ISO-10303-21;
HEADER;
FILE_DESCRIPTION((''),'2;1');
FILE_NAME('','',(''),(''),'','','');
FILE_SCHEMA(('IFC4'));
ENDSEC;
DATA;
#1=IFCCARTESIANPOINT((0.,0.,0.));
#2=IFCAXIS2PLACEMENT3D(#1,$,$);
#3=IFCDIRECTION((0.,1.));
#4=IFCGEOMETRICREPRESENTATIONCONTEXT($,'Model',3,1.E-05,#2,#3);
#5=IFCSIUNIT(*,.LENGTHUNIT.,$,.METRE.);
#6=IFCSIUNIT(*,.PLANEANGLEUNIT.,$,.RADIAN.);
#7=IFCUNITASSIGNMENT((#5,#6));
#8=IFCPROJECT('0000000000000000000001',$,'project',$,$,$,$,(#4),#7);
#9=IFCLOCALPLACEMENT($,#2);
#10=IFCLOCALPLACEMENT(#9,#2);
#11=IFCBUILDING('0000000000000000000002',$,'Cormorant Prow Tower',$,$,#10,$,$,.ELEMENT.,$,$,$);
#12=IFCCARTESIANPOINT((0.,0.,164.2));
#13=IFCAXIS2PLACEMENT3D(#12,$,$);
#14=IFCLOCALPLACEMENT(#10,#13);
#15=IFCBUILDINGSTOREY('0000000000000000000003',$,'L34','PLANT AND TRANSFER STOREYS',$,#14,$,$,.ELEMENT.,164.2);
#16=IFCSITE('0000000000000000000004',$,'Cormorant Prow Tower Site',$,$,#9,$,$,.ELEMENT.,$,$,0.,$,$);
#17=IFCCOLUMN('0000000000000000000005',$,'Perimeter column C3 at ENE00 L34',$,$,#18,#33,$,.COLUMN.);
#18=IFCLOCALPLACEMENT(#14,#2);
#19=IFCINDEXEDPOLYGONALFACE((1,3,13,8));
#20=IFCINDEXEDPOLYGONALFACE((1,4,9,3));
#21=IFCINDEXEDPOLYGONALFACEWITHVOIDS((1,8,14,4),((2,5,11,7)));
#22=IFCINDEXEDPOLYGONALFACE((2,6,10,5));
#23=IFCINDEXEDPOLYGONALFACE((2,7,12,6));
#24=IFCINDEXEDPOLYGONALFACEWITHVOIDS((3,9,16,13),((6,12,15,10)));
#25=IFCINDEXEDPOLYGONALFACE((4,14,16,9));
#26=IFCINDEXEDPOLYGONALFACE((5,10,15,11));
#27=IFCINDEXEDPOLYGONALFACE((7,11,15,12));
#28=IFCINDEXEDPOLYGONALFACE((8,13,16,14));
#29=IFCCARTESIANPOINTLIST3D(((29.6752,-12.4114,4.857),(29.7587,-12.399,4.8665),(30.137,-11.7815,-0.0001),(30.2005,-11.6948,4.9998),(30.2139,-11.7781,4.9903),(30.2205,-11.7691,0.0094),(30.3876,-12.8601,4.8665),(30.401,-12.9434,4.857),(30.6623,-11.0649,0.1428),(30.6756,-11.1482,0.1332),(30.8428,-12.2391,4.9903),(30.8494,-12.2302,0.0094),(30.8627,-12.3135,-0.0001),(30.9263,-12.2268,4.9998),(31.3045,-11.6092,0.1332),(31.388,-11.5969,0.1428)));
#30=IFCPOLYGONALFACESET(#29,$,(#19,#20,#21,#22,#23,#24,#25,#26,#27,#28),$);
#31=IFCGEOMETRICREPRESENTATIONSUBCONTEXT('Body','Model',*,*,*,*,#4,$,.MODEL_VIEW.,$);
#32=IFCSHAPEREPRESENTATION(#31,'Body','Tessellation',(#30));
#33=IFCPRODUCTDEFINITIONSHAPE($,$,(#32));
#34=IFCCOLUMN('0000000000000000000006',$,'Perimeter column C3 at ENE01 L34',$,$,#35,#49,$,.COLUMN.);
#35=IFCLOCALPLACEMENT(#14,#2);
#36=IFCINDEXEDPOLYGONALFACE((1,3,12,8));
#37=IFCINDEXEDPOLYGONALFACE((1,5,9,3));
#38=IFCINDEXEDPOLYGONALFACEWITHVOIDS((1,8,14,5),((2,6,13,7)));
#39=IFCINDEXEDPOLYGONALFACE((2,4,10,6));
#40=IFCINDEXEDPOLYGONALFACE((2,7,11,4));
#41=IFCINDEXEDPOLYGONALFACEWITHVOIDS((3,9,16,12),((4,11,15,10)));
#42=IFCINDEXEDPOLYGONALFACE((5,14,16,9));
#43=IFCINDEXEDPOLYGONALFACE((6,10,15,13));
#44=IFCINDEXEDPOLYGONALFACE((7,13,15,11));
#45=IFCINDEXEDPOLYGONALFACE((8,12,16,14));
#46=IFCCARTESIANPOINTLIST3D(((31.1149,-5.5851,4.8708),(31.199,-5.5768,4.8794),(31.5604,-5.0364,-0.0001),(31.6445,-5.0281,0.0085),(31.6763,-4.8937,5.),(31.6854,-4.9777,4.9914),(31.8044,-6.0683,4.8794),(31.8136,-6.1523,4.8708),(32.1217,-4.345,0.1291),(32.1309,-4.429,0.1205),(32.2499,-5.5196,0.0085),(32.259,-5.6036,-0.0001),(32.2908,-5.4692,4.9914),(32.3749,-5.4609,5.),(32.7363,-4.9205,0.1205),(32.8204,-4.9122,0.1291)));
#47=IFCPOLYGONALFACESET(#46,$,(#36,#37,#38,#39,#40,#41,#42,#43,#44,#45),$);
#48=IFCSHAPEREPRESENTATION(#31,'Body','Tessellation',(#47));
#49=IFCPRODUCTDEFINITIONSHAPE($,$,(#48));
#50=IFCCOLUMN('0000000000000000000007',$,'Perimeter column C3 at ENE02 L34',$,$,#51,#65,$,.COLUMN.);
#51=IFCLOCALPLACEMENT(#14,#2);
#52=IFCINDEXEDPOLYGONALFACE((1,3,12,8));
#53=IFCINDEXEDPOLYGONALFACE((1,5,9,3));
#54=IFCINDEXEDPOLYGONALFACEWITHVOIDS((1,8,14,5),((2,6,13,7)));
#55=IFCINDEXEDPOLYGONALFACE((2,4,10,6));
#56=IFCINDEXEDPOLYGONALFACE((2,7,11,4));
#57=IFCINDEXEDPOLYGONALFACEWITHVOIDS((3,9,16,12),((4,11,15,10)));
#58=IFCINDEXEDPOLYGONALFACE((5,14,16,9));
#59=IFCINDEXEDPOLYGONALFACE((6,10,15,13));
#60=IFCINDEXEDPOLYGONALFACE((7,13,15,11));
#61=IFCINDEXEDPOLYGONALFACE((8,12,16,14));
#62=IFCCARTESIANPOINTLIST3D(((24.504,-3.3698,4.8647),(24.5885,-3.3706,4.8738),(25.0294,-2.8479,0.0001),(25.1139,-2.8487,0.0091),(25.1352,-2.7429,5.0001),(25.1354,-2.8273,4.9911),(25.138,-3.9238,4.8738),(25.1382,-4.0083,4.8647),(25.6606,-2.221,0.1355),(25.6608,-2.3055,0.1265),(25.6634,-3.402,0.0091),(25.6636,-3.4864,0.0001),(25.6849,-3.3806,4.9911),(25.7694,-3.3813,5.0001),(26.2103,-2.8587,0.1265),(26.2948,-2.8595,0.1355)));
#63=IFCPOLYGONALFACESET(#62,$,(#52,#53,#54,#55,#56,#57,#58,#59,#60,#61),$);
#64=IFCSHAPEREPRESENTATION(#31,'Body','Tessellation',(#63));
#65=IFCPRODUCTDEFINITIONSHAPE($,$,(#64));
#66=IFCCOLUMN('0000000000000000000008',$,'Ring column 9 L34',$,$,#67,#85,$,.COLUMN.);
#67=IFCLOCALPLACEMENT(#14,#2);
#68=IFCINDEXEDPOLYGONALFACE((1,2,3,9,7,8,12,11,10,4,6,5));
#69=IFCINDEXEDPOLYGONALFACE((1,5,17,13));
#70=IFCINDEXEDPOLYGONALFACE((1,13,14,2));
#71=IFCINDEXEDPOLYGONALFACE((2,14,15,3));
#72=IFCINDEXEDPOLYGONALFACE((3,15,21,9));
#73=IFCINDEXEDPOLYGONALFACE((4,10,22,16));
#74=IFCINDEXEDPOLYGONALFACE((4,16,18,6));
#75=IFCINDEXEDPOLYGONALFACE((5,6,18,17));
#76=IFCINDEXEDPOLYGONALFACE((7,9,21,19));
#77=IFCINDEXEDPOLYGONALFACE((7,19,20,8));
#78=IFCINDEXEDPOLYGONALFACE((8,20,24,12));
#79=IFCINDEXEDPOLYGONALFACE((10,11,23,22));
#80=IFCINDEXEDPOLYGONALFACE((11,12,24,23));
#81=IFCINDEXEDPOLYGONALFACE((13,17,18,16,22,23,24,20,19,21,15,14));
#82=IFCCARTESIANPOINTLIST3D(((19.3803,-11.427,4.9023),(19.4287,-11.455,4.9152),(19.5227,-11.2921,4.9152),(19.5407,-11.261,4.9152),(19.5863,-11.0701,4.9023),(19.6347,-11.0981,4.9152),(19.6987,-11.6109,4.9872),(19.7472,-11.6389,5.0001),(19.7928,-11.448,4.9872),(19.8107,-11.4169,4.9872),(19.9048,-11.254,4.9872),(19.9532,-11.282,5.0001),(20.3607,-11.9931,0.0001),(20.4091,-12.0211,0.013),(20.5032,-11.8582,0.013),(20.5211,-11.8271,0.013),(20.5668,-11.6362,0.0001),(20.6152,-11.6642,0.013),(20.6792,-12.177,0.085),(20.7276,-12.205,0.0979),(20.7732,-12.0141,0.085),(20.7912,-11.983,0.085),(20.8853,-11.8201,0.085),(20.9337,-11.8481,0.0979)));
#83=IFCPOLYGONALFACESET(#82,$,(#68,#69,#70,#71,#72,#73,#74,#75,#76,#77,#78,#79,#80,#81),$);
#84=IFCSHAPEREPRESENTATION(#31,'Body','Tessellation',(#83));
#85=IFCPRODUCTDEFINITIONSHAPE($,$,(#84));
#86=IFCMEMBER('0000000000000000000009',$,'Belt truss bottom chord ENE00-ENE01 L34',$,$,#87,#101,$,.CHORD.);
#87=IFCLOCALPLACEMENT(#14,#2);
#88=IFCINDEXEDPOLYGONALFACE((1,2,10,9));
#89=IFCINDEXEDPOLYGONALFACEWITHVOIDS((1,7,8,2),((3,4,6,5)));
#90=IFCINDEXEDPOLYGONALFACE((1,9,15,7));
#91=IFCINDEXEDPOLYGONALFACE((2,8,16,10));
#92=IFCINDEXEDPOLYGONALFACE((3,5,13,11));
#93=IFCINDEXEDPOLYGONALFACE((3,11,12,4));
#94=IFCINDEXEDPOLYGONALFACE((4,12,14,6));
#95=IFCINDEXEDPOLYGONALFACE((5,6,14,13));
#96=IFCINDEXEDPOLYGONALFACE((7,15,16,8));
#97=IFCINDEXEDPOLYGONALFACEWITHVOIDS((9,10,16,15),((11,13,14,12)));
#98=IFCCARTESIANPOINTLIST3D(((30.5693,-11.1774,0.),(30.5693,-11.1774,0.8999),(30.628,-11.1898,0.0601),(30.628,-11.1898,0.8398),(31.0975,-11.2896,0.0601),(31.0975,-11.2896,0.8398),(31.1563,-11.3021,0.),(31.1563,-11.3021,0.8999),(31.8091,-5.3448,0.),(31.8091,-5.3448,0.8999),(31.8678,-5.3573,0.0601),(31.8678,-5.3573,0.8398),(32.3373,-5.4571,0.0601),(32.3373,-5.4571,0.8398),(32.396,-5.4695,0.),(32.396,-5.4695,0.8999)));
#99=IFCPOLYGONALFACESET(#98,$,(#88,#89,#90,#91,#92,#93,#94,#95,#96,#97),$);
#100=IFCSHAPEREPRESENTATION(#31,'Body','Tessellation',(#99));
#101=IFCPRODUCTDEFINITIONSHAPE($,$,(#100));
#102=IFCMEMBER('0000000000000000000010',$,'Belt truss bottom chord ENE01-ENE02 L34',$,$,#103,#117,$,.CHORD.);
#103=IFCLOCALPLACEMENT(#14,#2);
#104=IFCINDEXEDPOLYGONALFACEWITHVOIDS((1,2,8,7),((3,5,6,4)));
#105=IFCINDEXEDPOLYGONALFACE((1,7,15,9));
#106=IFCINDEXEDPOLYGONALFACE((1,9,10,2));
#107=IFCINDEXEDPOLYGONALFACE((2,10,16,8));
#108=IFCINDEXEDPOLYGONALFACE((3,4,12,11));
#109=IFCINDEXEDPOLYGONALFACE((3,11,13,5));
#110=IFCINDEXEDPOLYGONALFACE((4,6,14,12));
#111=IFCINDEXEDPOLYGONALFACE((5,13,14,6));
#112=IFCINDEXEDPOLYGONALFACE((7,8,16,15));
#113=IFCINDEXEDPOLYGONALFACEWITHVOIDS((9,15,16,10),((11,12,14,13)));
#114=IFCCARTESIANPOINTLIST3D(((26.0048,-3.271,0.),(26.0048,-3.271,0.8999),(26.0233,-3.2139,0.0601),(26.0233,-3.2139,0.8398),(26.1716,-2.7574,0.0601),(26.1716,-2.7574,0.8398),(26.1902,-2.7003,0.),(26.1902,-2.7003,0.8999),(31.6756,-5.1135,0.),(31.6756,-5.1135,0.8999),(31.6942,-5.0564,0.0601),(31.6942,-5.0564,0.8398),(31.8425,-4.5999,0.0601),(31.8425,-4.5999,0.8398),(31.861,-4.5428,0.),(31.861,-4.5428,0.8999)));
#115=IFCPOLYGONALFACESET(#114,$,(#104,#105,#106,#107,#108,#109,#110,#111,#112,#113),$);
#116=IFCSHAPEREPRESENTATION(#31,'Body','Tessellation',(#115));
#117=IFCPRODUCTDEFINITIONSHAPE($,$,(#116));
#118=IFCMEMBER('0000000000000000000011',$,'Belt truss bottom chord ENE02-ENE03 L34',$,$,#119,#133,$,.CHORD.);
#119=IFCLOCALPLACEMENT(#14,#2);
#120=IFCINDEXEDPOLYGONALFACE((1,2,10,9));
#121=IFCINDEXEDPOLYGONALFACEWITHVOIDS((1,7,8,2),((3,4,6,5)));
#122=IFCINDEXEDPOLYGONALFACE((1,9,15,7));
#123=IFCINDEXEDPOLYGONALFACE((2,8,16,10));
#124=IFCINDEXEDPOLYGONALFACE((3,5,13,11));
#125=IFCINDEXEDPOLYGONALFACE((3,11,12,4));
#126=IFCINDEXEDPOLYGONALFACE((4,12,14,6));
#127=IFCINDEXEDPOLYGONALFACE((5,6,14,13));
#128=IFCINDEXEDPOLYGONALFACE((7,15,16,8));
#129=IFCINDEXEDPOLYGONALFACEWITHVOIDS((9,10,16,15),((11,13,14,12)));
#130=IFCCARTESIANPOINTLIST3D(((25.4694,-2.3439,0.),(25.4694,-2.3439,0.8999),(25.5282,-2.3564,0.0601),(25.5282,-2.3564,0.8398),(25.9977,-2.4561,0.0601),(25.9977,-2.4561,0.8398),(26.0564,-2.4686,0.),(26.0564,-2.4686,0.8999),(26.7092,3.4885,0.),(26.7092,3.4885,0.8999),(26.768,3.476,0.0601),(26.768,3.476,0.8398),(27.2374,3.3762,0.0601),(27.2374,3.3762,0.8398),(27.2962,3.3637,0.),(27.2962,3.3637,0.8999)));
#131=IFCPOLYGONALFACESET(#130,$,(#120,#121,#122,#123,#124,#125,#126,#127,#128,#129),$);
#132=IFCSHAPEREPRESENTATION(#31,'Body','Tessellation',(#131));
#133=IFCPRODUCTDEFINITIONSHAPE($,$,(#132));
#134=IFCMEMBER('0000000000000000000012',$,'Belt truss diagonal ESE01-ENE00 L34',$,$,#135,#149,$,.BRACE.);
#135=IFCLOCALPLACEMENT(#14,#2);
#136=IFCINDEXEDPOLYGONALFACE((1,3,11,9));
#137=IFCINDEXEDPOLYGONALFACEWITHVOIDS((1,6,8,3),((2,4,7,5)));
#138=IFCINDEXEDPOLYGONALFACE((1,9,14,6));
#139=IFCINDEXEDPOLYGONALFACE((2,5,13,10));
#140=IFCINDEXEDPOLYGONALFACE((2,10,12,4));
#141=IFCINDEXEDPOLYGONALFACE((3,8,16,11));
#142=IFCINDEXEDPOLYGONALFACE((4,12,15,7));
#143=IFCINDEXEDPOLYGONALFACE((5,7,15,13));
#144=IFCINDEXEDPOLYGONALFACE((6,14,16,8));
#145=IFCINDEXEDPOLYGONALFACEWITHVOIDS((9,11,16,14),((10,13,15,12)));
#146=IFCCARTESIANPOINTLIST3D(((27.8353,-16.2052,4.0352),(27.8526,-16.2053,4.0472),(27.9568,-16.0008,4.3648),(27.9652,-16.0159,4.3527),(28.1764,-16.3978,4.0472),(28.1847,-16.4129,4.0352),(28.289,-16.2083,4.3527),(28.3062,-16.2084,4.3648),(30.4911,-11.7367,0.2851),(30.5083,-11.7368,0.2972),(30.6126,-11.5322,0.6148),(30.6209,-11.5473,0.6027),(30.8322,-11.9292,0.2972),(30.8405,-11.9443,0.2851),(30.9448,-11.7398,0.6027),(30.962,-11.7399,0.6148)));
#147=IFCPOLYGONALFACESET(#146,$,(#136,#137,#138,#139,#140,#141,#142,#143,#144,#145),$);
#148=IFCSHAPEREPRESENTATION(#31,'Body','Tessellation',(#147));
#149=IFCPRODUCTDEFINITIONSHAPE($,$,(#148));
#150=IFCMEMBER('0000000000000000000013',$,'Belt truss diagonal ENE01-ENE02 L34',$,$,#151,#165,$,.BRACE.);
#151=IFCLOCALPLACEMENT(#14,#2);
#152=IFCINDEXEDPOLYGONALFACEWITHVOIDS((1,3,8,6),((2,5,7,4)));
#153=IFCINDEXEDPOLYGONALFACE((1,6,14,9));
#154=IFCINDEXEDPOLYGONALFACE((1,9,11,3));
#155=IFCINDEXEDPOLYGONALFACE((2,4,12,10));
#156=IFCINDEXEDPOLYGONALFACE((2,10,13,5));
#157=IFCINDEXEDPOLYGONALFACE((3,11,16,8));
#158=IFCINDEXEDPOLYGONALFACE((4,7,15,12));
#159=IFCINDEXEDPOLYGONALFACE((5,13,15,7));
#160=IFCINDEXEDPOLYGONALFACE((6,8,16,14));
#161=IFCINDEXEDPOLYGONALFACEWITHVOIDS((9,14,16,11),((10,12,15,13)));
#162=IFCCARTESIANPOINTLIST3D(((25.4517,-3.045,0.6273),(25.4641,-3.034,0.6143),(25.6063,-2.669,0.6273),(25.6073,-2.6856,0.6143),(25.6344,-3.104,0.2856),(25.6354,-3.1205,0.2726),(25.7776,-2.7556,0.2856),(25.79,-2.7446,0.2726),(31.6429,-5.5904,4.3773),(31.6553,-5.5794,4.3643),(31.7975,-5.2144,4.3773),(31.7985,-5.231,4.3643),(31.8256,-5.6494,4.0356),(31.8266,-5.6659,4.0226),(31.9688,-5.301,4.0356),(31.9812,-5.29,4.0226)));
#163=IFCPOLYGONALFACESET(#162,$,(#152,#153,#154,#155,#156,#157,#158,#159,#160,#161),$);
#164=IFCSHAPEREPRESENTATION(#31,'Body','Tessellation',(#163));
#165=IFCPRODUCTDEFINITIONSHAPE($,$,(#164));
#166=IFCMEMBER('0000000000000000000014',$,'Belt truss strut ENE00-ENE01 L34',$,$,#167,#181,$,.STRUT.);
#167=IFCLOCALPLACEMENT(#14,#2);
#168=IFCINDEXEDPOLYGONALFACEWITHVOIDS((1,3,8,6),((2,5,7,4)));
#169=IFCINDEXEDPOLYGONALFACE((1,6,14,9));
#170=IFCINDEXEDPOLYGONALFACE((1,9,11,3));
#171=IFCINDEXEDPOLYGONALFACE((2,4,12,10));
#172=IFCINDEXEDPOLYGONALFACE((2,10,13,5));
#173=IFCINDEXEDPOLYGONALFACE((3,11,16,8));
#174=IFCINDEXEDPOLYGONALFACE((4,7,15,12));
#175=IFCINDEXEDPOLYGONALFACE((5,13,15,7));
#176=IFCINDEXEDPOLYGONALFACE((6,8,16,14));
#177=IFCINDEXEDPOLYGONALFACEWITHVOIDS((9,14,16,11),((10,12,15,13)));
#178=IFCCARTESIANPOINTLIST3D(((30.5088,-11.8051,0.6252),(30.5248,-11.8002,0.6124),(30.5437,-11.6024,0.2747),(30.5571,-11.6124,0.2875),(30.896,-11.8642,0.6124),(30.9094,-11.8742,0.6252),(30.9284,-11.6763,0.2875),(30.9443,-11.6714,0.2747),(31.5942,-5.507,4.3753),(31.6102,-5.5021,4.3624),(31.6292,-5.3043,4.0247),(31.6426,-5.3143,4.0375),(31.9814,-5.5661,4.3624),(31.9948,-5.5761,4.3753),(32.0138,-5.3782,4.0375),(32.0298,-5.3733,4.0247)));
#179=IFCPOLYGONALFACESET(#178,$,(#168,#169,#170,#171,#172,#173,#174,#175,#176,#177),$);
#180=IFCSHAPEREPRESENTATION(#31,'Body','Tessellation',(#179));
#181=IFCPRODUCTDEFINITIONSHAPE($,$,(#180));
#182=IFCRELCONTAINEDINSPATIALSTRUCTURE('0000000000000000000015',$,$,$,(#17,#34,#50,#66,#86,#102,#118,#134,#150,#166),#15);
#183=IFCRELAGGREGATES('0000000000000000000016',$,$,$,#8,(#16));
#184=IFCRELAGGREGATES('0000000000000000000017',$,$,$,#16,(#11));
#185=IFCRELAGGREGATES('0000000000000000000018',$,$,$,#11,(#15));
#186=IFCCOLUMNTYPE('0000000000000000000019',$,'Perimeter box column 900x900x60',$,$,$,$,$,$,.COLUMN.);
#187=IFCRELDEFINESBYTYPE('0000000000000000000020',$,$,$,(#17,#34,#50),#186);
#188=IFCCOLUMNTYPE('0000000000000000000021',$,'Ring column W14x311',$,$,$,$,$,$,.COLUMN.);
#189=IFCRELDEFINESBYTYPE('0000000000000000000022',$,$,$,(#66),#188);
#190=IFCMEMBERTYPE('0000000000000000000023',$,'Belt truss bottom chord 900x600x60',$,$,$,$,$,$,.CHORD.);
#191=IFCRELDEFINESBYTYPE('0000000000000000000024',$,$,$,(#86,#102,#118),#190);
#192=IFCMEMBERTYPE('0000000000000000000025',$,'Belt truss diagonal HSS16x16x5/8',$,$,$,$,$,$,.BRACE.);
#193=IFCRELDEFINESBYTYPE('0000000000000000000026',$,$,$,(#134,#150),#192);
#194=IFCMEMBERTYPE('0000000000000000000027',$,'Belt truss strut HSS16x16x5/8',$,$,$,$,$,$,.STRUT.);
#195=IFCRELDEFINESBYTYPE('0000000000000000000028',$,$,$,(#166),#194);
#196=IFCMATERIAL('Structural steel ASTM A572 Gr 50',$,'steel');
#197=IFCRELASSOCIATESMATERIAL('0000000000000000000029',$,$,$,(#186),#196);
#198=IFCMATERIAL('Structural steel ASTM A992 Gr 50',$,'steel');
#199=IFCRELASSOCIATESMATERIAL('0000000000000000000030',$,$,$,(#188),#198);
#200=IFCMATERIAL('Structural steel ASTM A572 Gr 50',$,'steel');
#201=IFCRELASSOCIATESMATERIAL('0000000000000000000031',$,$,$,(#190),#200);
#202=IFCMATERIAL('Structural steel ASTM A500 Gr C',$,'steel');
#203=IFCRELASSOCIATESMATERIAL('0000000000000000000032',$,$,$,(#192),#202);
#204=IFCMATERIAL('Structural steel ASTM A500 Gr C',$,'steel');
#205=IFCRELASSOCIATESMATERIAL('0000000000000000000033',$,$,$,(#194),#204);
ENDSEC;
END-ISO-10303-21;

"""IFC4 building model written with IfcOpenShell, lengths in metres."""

from ifc_helpers import new_model, si_unit, direction, frame, origin, origin_2d, place, context, subcontext, project, spatial, hollow_rectangle, i_section, extrude, material, material_profile, profile_set, type_object, element, save


model = new_model("IFC4")

# Units and contexts
model_context = context("Model", 3, precision=1e-05, world=origin(), true_north=direction((0.0, 1.0)))
body_context = subcontext(model_context, "Body", "Model", "MODEL_VIEW")
ifc_project = project(units=[si_unit("LENGTHUNIT", "METRE"), si_unit("PLANEANGLEUNIT", "RADIAN")], contexts=[model_context])

# Site, building, storey
site_placement = place(None, origin())
site = spatial("IfcSite", under=ifc_project, at=site_placement, Name="Cormorant Prow Tower Site", CompositionType="ELEMENT", RefElevation=0.0)
building_placement = place(site_placement, origin())
building = spatial("IfcBuilding", under=site, at=building_placement, Name="Cormorant Prow Tower", CompositionType="ELEMENT")
storey_placement = place(building_placement, frame((0.0, 0.0, 164.2)))
storey = spatial("IfcBuildingStorey", under=building, at=storey_placement, Name="L34", Description="PLANT AND TRANSFER STOREYS", CompositionType="ELEMENT", Elevation=164.2)

# Columns
ifc_material_1 = material(Name="Structural steel ASTM A572 Gr 50", Category="steel")
ifc_material_profile_1 = material_profile(ifc_material_1, hollow_rectangle(XDim=0.8999, YDim=0.8999, WallThickness=0.0601, at=origin_2d()), Name="Box 900x900x60")
ifc_profile_set_1 = profile_set([ifc_material_profile_1], Name="Structural steel ASTM A572 Gr 50")
column_type_1 = type_object("IfcColumnType", Name="Perimeter box column 900x900x60", PredefinedType="COLUMN", material=ifc_profile_set_1)
column_1_placement = place(storey_placement, frame((30.7693, -11.6799, 0.0), z_axis=(-0.093863, -0.128043, 0.987317), x_axis=(0.806511, -0.591219, 0.0)))
element("IfcColumn", 1, at=column_1_placement, inside=storey, type_object=column_type_1, Name="Perimeter column C3 at ENE00 L34", PredefinedType="COLUMN", context=body_context, shape_type="SweptSolid", body=[
    extrude(hollow_rectangle(XDim=0.8999, YDim=0.8999, WallThickness=0.0601, at=origin_2d()), frame((0.0, 0.0, 0.0723)), (0.0, 0.0, 1.0), 4.9194),
])
column_2_placement = place(storey_placement, frame((32.1963, -4.967, 0.0), z_axis=(-0.090507, -0.111479, 0.989637), x_axis=(0.776351, -0.630301, 0.0)))
element("IfcColumn", 2, at=column_2_placement, inside=storey, type_object=column_type_1, Name="Perimeter column C3 at ENE01 L34", PredefinedType="COLUMN", context=body_context, shape_type="SweptSolid", body=[
    extrude(hollow_rectangle(XDim=0.8999, YDim=0.8999, WallThickness=0.0601, at=origin_2d()), frame((0.0, 0.0, 0.0652)), (0.0, 0.0, 1.0), 4.9219),
])
column_3_placement = place(storey_placement, frame((25.6694, -2.8464, 0.0), z_axis=(-0.106778, -0.106054, 0.988611), x_axis=(0.704697, -0.709508, 0.0)))
element("IfcColumn", 3, at=column_3_placement, inside=storey, type_object=column_type_1, Name="Perimeter column C3 at ENE02 L34", PredefinedType="COLUMN", context=body_context, shape_type="SweptSolid", body=[
    extrude(hollow_rectangle(XDim=0.8999, YDim=0.8999, WallThickness=0.0601, at=origin_2d()), frame((0.0, 0.0, 0.0686)), (0.0, 0.0, 1.0), 4.9207),
])
ifc_material_2 = material(Name="Structural steel ASTM A992 Gr 50", Category="steel")
ifc_material_profile_2 = material_profile(ifc_material_2, i_section(OverallWidth=0.4121, OverallDepth=0.4348, WebThickness=0.0359, FlangeThickness=0.0574, at=origin_2d()), Name="W14x311")
ifc_profile_set_2 = profile_set([ifc_material_profile_2], Name="Structural steel ASTM A992 Gr 50")
column_type_2 = type_object("IfcColumnType", Name="Ring column W14x311", PredefinedType="COLUMN", material=ifc_profile_set_2)
column_4_placement = place(storey_placement, frame((20.657, -11.9263, 0.0), z_axis=(-0.194871, 0.112517, 0.974354), x_axis=(-0.500027, -0.86601, 0.0)))
element("IfcColumn", 4, at=column_4_placement, inside=storey, type_object=column_type_2, Name="Ring column 9 L34", PredefinedType="COLUMN", context=body_context, shape_type="SweptSolid", body=[
    extrude(i_section(OverallWidth=0.4121, OverallDepth=0.4348, WebThickness=0.0359, FlangeThickness=0.0574, at=origin_2d()), frame((0.0, 0.0, 0.0503)), (0.0, 0.0, 1.0), 5.0312),
])

# Members
ifc_material_3 = material(Name="Structural steel ASTM A572 Gr 50", Category="steel")
ifc_material_profile_3 = material_profile(ifc_material_3, hollow_rectangle(XDim=0.6001, YDim=0.8999, WallThickness=0.0601, at=origin_2d()), Name="Box 900x600x60")
ifc_profile_set_3 = profile_set([ifc_material_profile_3], Name="Structural steel ASTM A572 Gr 50")
member_type_1 = type_object("IfcMemberType", Name="Belt truss bottom chord 900x600x60", PredefinedType="CHORD", material=ifc_profile_set_3)
member_1_placement = place(storey_placement, frame((30.8628, -11.2397, 0.45), z_axis=(0.207913, 0.978147, 0.0), x_axis=(-0.978147, 0.207913, 0.0)))
element("IfcMember", 5, at=member_1_placement, inside=storey, type_object=member_type_1, Name="Belt truss bottom chord ENE00-ENE01 L34", PredefinedType="CHORD", context=body_context, shape_type="SweptSolid", body=[
    extrude(hollow_rectangle(XDim=0.6001, YDim=0.8999, WallThickness=0.0601, at=origin_2d()), origin(), (0.0, 0.0, 1.0), 5.9629),
])
for number, where, z_axis, x_axis, name in (
    (6, (31.7683, -4.8281, 0.45), (-0.951059, 0.309008, 0.0), (-0.309008, -0.951059, 0.0), "Belt truss bottom chord ENE01-ENE02 L34"),
    (7, (25.7629, -2.4062, 0.45), (0.207921, 0.978146, 0.0), (-0.978146, 0.207921, 0.0), "Belt truss bottom chord ENE02-ENE03 L34"),
):
    element("IfcMember", number, at=place(storey_placement, frame(where, z_axis=z_axis, x_axis=x_axis)), inside=storey, type_object=member_type_1, Name=name, PredefinedType="CHORD", context=body_context, shape_type="SweptSolid", body=[
        extrude(hollow_rectangle(XDim=0.6001, YDim=0.8999, WallThickness=0.0601, at=origin_2d()), origin(), (0.0, 0.0, 1.0), 5.9626),
    ])
ifc_material_4 = material(Name="Structural steel ASTM A500 Gr C", Category="steel")
ifc_material_profile_4 = material_profile(ifc_material_4, hollow_rectangle(XDim=0.4065, YDim=0.4065, WallThickness=0.0149, at=origin_2d()), Name="HSS16x16x5/8")
ifc_profile_set_4 = profile_set([ifc_material_profile_4], Name="Structural steel ASTM A500 Gr C")
member_type_2 = type_object("IfcMemberType", Name="Belt truss diagonal HSS16x16x5/8", PredefinedType="BRACE", material=ifc_profile_set_4)
member_2_placement = place(storey_placement, frame((30.7266, -11.7383, 0.45), z_axis=(-0.414341, -0.697157, 0.585059), x_axis=(0.859636, -0.510907, 0.0)))
element("IfcMember", 8, at=member_2_placement, inside=storey, type_object=member_type_2, Name="Belt truss diagonal ESE01-ENE00 L34", PredefinedType="BRACE", context=body_context, shape_type="SweptSolid", body=[
    extrude(hollow_rectangle(XDim=0.4065, YDim=0.4065, WallThickness=0.0149, at=origin_2d()), origin(), (0.0, 0.0, 1.0), 6.4097),
])
member_3_placement = place(storey_placement, frame((25.6208, -2.8948, 0.45), z_axis=(0.806896, -0.331744, 0.488738), x_axis=(0.380253, 0.924883, 0.0)))
element("IfcMember", 9, at=member_3_placement, inside=storey, type_object=member_type_2, Name="Belt truss diagonal ENE01-ENE02 L34", PredefinedType="BRACE", context=body_context, shape_type="SweptSolid", body=[
    extrude(hollow_rectangle(XDim=0.4065, YDim=0.4065, WallThickness=0.0149, at=origin_2d()), origin(), (0.0, 0.0, 1.0), 7.6729),
])
ifc_material_5 = material(Name="Structural steel ASTM A500 Gr C", Category="steel")
ifc_material_profile_5 = material_profile(ifc_material_5, hollow_rectangle(XDim=0.4065, YDim=0.4065, WallThickness=0.0149, at=origin_2d()), Name="HSS16x16x5/8")
ifc_profile_set_5 = profile_set([ifc_material_profile_5], Name="Structural steel ASTM A500 Gr C")
member_type_3 = type_object("IfcMemberType", Name="Belt truss strut HSS16x16x5/8", PredefinedType="STRUT", material=ifc_profile_set_5)
member_4_placement = place(storey_placement, frame((30.7266, -11.7383, 0.45), z_axis=(0.146486, 0.849956, 0.506079), x_axis=(-0.985471, 0.169842, 0.0)))
element("IfcMember", 10, at=member_4_placement, inside=storey, type_object=member_type_3, Name="Belt truss strut ENE00-ENE01 L34", PredefinedType="STRUT", context=body_context, shape_type="SweptSolid", body=[
    extrude(hollow_rectangle(XDim=0.4065, YDim=0.4065, WallThickness=0.0149, at=origin_2d()), origin(), (0.0, 0.0, 1.0), 7.4099),
])

save(model, "model.ifc")
